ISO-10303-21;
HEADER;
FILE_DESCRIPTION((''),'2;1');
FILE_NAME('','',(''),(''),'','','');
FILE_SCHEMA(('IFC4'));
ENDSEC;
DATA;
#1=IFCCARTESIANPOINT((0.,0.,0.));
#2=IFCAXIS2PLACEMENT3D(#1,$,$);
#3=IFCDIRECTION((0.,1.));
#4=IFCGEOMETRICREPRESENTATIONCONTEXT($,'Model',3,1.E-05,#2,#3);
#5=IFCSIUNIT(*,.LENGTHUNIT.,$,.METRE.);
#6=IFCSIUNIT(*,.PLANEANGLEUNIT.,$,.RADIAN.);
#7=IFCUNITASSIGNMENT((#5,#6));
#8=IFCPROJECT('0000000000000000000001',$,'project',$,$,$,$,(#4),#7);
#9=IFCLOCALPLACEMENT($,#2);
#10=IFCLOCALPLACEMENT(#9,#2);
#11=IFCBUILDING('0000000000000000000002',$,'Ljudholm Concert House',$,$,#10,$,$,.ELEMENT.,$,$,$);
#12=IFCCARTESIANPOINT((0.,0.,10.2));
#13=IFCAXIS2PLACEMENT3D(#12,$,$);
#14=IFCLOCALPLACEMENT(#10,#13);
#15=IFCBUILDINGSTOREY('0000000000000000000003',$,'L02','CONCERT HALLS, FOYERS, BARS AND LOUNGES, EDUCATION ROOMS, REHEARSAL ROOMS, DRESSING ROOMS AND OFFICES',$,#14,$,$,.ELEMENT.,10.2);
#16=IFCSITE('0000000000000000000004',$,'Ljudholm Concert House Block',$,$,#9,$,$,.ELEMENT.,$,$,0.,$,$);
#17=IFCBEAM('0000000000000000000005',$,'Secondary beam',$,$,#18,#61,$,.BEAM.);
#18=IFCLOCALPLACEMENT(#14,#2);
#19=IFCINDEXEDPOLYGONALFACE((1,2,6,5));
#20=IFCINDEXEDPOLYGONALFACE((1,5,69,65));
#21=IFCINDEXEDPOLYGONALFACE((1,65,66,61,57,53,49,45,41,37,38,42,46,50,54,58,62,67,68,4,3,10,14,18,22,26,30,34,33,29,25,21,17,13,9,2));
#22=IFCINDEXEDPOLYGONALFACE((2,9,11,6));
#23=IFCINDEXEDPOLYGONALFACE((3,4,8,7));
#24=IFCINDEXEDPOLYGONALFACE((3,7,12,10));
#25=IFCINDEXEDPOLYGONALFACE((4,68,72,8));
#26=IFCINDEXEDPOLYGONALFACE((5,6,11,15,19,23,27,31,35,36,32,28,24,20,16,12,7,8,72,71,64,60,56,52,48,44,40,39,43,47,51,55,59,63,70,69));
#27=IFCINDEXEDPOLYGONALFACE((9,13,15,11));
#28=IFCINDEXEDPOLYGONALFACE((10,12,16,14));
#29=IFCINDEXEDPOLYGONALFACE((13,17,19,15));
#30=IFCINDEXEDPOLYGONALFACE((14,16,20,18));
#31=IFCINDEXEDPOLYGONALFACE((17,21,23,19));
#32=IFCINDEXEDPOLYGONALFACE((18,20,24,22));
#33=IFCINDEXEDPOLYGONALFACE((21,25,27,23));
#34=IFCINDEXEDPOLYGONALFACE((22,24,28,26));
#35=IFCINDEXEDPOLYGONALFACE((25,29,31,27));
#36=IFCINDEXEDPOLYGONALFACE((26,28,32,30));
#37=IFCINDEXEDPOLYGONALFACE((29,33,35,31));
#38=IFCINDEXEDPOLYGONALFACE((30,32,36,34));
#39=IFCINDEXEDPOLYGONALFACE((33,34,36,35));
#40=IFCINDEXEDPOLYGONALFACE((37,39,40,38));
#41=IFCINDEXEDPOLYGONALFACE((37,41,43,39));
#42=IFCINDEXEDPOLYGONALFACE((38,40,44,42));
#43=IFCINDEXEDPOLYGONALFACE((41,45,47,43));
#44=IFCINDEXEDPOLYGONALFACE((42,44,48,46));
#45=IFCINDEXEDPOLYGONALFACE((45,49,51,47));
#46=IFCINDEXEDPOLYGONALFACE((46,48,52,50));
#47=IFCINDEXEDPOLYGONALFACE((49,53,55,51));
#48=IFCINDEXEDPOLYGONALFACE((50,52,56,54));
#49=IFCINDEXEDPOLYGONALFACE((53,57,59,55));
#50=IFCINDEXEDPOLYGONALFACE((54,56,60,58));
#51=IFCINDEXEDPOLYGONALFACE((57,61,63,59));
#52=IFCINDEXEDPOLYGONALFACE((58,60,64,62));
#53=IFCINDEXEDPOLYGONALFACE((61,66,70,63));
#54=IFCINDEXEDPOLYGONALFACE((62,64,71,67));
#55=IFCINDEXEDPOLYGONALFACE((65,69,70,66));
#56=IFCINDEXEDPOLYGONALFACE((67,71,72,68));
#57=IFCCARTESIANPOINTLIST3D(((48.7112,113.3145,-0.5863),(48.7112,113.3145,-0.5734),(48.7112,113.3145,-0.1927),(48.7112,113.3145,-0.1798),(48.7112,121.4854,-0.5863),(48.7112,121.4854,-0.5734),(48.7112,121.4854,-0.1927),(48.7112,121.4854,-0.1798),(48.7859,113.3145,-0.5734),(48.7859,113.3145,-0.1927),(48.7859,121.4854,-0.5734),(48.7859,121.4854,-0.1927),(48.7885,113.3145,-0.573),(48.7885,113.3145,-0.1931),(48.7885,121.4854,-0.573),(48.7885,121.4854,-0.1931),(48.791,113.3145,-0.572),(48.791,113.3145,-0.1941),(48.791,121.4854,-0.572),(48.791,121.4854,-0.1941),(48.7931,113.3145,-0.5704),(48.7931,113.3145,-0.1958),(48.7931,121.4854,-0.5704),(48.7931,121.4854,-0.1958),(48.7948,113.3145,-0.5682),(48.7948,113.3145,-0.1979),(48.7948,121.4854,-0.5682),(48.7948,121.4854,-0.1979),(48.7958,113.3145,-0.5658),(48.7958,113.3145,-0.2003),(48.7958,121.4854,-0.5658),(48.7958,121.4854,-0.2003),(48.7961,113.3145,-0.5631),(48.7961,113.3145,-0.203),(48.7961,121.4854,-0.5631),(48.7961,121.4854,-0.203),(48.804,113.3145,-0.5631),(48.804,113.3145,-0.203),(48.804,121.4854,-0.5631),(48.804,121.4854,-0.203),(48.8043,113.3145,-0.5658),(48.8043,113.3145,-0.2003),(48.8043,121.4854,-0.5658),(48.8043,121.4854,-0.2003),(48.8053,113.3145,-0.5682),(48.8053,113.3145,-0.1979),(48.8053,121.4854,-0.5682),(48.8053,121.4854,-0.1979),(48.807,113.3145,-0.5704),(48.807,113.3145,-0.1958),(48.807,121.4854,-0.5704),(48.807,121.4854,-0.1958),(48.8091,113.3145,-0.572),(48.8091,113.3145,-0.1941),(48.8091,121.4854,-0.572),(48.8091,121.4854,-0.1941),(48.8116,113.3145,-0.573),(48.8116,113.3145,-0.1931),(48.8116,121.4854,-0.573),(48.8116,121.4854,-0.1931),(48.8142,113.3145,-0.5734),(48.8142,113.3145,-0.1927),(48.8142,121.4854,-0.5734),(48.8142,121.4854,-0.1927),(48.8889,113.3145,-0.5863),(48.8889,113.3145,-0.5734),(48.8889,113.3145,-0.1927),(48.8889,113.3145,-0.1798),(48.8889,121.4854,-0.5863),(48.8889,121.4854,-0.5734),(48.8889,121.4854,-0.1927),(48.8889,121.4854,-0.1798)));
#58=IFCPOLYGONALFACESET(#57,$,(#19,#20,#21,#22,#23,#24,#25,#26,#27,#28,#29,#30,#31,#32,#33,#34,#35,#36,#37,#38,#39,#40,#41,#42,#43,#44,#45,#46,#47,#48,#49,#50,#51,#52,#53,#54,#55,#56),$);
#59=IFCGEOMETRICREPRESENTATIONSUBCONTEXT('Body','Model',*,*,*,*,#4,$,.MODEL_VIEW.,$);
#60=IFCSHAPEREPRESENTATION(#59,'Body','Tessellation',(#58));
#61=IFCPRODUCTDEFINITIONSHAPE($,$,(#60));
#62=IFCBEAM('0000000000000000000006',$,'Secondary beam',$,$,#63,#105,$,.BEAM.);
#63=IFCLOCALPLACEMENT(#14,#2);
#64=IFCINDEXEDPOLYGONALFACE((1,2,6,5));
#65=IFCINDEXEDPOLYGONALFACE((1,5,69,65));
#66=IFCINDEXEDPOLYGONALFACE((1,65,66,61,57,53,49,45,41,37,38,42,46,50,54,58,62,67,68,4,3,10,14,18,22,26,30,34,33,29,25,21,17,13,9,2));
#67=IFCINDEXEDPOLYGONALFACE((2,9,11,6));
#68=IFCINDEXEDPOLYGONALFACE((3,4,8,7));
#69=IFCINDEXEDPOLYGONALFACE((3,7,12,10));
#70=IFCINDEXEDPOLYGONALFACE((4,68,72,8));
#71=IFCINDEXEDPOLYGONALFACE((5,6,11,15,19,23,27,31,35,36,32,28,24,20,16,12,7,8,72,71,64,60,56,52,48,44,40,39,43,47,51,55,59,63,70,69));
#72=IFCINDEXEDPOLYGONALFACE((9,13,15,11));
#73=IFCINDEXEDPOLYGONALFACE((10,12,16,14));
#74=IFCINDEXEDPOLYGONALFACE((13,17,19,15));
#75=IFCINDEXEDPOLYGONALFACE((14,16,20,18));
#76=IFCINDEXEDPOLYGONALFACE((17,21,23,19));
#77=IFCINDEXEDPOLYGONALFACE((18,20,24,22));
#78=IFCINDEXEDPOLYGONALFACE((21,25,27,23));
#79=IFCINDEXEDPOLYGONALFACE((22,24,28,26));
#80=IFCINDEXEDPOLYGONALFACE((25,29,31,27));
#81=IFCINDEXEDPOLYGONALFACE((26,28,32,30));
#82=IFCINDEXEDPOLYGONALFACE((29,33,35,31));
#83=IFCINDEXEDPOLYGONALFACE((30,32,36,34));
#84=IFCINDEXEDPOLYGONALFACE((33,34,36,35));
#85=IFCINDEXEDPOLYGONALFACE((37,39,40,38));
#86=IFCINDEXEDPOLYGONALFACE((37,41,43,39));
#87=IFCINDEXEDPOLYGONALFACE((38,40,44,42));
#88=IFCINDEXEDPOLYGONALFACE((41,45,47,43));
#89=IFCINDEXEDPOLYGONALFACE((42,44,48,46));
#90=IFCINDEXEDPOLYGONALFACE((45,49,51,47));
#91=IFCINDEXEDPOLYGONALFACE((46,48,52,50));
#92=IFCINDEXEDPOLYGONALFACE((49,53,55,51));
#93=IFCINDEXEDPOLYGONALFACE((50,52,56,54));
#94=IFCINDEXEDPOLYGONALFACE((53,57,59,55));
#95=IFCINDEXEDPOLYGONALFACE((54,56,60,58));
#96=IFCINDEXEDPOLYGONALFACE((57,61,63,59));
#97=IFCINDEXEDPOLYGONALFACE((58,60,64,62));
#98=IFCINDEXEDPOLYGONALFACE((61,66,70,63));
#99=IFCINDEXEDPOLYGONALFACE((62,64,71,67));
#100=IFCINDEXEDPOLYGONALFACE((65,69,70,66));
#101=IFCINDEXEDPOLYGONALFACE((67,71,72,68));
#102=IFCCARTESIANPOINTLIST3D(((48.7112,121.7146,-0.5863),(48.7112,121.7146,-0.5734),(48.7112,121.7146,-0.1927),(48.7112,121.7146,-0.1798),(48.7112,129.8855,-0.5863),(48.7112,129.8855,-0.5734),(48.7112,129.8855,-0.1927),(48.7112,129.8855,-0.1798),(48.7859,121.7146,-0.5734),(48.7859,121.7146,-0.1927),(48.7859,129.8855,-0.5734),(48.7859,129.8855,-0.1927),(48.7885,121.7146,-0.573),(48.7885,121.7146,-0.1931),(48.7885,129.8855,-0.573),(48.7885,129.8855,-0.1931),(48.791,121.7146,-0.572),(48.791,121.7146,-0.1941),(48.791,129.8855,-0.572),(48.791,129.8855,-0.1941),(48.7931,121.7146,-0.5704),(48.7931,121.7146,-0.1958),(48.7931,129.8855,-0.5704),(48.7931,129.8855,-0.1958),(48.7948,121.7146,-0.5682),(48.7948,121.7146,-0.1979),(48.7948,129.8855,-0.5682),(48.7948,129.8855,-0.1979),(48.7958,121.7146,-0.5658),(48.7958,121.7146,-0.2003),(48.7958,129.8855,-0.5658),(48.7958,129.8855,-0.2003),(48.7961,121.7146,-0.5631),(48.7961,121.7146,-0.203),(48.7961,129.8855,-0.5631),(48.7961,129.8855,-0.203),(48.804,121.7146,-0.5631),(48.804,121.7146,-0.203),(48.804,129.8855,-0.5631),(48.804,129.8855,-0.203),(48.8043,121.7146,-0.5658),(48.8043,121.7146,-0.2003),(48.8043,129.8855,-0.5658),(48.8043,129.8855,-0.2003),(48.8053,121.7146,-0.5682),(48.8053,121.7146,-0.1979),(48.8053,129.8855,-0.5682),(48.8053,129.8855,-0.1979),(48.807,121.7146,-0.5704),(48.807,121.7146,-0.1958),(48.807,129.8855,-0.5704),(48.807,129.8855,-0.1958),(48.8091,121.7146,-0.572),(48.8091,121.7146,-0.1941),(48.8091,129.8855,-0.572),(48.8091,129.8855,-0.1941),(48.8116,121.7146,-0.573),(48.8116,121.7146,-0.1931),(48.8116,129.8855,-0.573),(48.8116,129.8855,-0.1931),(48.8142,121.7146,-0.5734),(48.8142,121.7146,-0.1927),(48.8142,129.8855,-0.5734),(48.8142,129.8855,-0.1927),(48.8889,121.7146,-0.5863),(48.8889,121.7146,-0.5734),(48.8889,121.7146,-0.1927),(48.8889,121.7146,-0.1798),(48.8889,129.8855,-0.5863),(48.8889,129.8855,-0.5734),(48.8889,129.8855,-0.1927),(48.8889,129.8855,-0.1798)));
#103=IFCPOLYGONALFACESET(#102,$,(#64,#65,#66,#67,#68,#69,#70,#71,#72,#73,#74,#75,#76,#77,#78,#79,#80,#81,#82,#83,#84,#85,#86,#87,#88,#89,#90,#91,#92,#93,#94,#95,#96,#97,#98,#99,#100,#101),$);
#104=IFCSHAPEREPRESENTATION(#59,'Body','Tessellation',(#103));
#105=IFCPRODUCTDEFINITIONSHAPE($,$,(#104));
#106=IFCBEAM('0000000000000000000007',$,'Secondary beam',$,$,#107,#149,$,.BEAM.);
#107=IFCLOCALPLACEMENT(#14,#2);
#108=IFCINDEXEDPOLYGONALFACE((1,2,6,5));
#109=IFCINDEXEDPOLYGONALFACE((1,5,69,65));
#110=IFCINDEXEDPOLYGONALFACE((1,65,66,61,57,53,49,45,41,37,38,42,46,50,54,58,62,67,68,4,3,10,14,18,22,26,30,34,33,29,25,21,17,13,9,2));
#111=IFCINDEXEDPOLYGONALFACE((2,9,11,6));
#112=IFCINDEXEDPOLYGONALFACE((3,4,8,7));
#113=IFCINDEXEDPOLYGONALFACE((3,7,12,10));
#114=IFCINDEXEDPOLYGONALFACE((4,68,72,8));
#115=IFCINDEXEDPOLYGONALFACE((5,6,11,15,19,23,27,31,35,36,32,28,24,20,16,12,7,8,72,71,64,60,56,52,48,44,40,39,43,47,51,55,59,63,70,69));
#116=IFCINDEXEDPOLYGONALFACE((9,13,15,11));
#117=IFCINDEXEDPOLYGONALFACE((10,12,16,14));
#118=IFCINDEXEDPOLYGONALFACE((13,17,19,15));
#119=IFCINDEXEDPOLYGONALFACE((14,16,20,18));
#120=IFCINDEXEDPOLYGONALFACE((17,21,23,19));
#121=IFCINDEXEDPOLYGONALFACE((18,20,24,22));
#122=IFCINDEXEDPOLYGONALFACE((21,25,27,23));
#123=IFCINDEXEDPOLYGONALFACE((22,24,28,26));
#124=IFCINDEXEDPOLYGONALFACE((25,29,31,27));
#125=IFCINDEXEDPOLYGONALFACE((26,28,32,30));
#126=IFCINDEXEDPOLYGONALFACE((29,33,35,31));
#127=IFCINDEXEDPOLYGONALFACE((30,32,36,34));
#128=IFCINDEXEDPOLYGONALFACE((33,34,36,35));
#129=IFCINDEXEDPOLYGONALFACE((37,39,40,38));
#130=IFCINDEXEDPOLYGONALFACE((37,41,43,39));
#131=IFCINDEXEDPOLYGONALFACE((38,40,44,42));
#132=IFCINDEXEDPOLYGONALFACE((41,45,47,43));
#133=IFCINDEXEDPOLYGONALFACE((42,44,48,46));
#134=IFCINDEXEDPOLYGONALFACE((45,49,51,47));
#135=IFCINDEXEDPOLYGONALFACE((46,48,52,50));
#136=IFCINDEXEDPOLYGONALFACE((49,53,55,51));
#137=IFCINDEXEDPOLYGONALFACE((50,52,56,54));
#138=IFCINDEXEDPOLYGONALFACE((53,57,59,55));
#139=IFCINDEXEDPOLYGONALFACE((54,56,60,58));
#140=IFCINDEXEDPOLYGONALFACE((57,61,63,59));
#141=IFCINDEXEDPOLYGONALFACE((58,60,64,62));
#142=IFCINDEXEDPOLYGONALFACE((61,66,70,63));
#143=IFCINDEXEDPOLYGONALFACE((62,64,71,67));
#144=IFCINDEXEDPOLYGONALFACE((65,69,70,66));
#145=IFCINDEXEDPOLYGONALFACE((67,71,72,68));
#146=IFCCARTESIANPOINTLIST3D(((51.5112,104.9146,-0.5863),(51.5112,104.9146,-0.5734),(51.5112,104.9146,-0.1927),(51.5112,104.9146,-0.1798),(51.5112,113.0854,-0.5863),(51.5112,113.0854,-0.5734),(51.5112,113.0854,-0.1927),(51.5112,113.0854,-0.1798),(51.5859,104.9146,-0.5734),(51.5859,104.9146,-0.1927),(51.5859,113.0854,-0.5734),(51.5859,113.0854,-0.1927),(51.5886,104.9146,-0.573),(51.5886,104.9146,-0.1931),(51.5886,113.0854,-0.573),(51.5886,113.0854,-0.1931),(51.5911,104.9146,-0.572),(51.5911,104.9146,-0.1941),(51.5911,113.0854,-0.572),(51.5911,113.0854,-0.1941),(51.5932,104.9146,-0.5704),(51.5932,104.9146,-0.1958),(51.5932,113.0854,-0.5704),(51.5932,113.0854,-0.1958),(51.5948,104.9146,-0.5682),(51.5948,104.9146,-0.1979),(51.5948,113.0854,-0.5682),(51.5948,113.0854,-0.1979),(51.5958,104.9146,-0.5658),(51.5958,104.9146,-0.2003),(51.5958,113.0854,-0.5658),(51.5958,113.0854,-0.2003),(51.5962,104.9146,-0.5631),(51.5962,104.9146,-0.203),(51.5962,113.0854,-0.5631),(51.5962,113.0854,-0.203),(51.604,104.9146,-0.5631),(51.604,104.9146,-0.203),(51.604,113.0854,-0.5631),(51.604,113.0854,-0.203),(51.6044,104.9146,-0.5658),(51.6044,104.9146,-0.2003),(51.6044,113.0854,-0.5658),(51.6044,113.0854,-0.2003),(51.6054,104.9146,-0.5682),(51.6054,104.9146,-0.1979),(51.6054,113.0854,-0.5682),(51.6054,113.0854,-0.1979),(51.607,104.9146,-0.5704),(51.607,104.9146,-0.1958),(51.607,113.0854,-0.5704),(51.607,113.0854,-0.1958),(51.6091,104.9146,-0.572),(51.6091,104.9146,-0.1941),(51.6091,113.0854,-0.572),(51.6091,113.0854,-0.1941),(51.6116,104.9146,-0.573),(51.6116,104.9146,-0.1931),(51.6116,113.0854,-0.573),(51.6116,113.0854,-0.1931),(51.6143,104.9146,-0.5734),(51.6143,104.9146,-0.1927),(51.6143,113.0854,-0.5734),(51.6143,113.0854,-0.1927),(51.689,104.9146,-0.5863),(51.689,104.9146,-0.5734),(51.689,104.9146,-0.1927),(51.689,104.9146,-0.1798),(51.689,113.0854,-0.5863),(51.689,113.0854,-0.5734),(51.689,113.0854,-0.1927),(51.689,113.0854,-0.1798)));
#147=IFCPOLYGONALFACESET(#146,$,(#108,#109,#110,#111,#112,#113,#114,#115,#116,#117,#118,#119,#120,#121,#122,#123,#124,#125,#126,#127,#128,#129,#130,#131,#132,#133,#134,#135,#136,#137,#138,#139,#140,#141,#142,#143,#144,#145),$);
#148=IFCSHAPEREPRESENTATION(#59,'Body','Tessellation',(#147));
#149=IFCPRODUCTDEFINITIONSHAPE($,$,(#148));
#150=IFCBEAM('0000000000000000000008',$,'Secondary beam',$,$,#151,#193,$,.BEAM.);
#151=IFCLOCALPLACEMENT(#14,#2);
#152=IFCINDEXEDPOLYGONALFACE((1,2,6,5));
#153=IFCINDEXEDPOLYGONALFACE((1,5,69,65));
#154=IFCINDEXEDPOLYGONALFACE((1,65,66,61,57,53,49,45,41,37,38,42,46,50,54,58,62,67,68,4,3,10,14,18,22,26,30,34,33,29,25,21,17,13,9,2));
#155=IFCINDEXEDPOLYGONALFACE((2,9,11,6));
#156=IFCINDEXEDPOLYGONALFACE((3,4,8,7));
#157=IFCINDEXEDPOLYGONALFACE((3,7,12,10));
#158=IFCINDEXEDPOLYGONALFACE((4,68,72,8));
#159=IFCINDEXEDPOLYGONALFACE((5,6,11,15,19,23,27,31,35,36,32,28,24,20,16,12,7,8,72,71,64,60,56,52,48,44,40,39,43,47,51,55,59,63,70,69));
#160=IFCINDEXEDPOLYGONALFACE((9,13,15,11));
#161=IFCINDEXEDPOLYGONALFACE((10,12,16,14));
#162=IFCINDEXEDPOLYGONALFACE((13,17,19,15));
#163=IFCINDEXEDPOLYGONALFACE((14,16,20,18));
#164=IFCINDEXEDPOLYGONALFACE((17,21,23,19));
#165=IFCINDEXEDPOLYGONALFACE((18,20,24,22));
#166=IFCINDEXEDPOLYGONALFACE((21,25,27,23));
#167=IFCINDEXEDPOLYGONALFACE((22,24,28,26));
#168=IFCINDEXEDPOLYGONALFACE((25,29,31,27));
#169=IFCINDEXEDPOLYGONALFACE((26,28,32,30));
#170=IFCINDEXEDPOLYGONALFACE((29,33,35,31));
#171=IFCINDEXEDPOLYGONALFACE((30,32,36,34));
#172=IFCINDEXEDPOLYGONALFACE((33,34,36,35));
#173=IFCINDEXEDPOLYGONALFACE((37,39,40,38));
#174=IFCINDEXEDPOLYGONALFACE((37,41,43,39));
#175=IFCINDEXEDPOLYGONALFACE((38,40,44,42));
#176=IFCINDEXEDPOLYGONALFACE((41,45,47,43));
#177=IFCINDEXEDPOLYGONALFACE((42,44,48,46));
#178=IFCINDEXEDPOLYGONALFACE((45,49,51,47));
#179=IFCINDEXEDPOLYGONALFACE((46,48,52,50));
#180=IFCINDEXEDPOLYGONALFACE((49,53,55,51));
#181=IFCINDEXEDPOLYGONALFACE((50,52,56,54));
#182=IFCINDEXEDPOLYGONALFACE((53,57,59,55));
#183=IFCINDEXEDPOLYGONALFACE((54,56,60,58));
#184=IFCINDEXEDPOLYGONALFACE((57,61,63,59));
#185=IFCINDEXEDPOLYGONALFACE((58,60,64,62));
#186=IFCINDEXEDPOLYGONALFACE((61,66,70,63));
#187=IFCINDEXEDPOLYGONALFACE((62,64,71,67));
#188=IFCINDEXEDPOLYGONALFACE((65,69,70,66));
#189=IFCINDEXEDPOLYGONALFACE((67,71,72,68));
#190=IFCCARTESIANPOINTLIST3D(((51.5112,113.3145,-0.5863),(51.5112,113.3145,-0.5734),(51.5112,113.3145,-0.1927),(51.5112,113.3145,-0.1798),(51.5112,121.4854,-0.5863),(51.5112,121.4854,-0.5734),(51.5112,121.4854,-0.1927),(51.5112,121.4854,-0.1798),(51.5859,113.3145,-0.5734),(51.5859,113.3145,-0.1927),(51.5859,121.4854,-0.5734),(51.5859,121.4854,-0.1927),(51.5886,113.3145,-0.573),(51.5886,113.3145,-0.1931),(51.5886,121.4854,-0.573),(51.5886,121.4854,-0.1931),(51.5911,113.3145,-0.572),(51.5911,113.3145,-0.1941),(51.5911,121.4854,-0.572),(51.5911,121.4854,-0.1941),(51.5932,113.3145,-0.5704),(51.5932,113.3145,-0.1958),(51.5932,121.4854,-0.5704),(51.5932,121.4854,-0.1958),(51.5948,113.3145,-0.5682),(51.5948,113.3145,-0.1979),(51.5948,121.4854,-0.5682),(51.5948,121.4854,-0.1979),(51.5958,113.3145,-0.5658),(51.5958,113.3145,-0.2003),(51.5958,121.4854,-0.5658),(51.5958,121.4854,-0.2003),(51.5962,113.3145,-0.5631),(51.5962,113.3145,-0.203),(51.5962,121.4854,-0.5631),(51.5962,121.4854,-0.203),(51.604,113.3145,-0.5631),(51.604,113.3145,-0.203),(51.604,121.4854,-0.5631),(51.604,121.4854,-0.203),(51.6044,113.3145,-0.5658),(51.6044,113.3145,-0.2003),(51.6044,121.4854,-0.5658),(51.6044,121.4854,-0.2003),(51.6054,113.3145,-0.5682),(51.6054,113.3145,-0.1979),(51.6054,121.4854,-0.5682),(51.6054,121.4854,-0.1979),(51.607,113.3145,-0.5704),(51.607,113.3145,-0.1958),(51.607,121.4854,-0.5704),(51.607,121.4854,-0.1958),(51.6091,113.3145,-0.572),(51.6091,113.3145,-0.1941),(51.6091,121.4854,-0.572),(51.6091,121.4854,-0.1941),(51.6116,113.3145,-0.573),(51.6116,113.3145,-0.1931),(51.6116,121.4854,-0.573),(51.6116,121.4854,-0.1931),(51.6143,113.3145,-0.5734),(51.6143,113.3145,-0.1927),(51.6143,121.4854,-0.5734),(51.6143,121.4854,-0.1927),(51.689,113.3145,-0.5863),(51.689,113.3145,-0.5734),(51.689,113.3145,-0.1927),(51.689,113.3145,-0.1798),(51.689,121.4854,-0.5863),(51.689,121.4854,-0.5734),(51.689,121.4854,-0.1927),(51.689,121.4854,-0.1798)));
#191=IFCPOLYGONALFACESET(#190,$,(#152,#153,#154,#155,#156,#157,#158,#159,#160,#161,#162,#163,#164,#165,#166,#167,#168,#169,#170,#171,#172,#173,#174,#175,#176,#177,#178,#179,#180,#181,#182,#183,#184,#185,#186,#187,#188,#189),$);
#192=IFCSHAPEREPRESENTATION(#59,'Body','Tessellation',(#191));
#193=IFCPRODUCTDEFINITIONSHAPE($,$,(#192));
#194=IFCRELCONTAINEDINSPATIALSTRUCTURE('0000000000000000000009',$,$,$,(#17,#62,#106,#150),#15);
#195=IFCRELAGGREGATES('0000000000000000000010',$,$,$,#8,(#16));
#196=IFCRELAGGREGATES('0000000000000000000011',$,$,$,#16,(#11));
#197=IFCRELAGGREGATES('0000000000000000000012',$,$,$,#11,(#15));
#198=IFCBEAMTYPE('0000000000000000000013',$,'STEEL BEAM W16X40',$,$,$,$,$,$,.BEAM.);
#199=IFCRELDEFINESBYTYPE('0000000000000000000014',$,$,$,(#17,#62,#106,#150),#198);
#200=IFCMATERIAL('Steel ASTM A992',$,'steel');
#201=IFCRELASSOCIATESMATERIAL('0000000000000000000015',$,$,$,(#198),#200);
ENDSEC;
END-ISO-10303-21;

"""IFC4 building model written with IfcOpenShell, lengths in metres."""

from ifc_helpers import new_model, si_unit, direction, frame, origin, origin_2d, place, context, subcontext, project, spatial, i_section, extrude, material, material_profile, profile_set, type_object, element, save


model = new_model("IFC4")

# Units and contexts
model_context = context("Model", 3, precision=1e-05, world=origin(), true_north=direction((0.0, 1.0)))
body_context = subcontext(model_context, "Body", "Model", "MODEL_VIEW")
ifc_project = project(units=[si_unit("LENGTHUNIT", "METRE"), si_unit("PLANEANGLEUNIT", "RADIAN")], contexts=[model_context])

# Site, building, storey
site_placement = place(None, origin())
site = spatial("IfcSite", under=ifc_project, at=site_placement, Name="Ljudholm Concert House Block", CompositionType="ELEMENT", RefElevation=0.0)
building_placement = place(site_placement, origin())
building = spatial("IfcBuilding", under=site, at=building_placement, Name="Ljudholm Concert House", CompositionType="ELEMENT")
storey_placement = place(building_placement, frame((0.0, 0.0, 10.2)))
storey = spatial("IfcBuildingStorey", under=building, at=storey_placement, Name="L02", Description="CONCERT HALLS, FOYERS, BARS AND LOUNGES, EDUCATION ROOMS, REHEARSAL ROOMS, DRESSING ROOMS AND OFFICES", CompositionType="ELEMENT", Elevation=10.2)

# Beams
ifc_material_1 = material(Name="Steel ASTM A992", Category="steel")
ifc_material_profile_1 = material_profile(ifc_material_1, i_section(OverallWidth=0.1777, OverallDepth=0.4065, WebThickness=0.0078, FlangeThickness=0.0129, FilletRadius=0.0103, at=origin_2d()), Name="W16X40")
ifc_profile_set_1 = profile_set([ifc_material_profile_1], Name="Steel ASTM A992")
beam_type_1 = type_object("IfcBeamType", Name="STEEL BEAM W16X40", PredefinedType="BEAM", material=ifc_profile_set_1)
for number, where, z_axis, x_axis, name in (
    (1, (48.8, 113.3145, -0.3831), (0.0, 1.0, 0.0), (-1.0, 0.0, 0.0), "Secondary beam"),
    (2, (48.8, 121.7146, -0.3831), (0.0, 1.0, 0.0), (-1.0, 0.0, 0.0), "Secondary beam"),
    (3, (51.6001, 104.9146, -0.3831), (0.0, 1.0, 0.0), (-1.0, 0.0, 0.0), "Secondary beam"),
    (4, (51.6001, 113.3145, -0.3831), (0.0, 1.0, 0.0), (-1.0, 0.0, 0.0), "Secondary beam"),
):
    element("IfcBeam", number, at=place(storey_placement, frame(where, z_axis=z_axis, x_axis=x_axis)), inside=storey, type_object=beam_type_1, Name=name, PredefinedType="BEAM", context=body_context, shape_type="SweptSolid", body=[
        extrude(i_section(OverallWidth=0.1777, OverallDepth=0.4065, WebThickness=0.0078, FlangeThickness=0.0129, FilletRadius=0.0103, at=origin_2d()), origin(), (0.0, 0.0, 1.0), 8.1709),
    ])

save(model, "model.ifc")
